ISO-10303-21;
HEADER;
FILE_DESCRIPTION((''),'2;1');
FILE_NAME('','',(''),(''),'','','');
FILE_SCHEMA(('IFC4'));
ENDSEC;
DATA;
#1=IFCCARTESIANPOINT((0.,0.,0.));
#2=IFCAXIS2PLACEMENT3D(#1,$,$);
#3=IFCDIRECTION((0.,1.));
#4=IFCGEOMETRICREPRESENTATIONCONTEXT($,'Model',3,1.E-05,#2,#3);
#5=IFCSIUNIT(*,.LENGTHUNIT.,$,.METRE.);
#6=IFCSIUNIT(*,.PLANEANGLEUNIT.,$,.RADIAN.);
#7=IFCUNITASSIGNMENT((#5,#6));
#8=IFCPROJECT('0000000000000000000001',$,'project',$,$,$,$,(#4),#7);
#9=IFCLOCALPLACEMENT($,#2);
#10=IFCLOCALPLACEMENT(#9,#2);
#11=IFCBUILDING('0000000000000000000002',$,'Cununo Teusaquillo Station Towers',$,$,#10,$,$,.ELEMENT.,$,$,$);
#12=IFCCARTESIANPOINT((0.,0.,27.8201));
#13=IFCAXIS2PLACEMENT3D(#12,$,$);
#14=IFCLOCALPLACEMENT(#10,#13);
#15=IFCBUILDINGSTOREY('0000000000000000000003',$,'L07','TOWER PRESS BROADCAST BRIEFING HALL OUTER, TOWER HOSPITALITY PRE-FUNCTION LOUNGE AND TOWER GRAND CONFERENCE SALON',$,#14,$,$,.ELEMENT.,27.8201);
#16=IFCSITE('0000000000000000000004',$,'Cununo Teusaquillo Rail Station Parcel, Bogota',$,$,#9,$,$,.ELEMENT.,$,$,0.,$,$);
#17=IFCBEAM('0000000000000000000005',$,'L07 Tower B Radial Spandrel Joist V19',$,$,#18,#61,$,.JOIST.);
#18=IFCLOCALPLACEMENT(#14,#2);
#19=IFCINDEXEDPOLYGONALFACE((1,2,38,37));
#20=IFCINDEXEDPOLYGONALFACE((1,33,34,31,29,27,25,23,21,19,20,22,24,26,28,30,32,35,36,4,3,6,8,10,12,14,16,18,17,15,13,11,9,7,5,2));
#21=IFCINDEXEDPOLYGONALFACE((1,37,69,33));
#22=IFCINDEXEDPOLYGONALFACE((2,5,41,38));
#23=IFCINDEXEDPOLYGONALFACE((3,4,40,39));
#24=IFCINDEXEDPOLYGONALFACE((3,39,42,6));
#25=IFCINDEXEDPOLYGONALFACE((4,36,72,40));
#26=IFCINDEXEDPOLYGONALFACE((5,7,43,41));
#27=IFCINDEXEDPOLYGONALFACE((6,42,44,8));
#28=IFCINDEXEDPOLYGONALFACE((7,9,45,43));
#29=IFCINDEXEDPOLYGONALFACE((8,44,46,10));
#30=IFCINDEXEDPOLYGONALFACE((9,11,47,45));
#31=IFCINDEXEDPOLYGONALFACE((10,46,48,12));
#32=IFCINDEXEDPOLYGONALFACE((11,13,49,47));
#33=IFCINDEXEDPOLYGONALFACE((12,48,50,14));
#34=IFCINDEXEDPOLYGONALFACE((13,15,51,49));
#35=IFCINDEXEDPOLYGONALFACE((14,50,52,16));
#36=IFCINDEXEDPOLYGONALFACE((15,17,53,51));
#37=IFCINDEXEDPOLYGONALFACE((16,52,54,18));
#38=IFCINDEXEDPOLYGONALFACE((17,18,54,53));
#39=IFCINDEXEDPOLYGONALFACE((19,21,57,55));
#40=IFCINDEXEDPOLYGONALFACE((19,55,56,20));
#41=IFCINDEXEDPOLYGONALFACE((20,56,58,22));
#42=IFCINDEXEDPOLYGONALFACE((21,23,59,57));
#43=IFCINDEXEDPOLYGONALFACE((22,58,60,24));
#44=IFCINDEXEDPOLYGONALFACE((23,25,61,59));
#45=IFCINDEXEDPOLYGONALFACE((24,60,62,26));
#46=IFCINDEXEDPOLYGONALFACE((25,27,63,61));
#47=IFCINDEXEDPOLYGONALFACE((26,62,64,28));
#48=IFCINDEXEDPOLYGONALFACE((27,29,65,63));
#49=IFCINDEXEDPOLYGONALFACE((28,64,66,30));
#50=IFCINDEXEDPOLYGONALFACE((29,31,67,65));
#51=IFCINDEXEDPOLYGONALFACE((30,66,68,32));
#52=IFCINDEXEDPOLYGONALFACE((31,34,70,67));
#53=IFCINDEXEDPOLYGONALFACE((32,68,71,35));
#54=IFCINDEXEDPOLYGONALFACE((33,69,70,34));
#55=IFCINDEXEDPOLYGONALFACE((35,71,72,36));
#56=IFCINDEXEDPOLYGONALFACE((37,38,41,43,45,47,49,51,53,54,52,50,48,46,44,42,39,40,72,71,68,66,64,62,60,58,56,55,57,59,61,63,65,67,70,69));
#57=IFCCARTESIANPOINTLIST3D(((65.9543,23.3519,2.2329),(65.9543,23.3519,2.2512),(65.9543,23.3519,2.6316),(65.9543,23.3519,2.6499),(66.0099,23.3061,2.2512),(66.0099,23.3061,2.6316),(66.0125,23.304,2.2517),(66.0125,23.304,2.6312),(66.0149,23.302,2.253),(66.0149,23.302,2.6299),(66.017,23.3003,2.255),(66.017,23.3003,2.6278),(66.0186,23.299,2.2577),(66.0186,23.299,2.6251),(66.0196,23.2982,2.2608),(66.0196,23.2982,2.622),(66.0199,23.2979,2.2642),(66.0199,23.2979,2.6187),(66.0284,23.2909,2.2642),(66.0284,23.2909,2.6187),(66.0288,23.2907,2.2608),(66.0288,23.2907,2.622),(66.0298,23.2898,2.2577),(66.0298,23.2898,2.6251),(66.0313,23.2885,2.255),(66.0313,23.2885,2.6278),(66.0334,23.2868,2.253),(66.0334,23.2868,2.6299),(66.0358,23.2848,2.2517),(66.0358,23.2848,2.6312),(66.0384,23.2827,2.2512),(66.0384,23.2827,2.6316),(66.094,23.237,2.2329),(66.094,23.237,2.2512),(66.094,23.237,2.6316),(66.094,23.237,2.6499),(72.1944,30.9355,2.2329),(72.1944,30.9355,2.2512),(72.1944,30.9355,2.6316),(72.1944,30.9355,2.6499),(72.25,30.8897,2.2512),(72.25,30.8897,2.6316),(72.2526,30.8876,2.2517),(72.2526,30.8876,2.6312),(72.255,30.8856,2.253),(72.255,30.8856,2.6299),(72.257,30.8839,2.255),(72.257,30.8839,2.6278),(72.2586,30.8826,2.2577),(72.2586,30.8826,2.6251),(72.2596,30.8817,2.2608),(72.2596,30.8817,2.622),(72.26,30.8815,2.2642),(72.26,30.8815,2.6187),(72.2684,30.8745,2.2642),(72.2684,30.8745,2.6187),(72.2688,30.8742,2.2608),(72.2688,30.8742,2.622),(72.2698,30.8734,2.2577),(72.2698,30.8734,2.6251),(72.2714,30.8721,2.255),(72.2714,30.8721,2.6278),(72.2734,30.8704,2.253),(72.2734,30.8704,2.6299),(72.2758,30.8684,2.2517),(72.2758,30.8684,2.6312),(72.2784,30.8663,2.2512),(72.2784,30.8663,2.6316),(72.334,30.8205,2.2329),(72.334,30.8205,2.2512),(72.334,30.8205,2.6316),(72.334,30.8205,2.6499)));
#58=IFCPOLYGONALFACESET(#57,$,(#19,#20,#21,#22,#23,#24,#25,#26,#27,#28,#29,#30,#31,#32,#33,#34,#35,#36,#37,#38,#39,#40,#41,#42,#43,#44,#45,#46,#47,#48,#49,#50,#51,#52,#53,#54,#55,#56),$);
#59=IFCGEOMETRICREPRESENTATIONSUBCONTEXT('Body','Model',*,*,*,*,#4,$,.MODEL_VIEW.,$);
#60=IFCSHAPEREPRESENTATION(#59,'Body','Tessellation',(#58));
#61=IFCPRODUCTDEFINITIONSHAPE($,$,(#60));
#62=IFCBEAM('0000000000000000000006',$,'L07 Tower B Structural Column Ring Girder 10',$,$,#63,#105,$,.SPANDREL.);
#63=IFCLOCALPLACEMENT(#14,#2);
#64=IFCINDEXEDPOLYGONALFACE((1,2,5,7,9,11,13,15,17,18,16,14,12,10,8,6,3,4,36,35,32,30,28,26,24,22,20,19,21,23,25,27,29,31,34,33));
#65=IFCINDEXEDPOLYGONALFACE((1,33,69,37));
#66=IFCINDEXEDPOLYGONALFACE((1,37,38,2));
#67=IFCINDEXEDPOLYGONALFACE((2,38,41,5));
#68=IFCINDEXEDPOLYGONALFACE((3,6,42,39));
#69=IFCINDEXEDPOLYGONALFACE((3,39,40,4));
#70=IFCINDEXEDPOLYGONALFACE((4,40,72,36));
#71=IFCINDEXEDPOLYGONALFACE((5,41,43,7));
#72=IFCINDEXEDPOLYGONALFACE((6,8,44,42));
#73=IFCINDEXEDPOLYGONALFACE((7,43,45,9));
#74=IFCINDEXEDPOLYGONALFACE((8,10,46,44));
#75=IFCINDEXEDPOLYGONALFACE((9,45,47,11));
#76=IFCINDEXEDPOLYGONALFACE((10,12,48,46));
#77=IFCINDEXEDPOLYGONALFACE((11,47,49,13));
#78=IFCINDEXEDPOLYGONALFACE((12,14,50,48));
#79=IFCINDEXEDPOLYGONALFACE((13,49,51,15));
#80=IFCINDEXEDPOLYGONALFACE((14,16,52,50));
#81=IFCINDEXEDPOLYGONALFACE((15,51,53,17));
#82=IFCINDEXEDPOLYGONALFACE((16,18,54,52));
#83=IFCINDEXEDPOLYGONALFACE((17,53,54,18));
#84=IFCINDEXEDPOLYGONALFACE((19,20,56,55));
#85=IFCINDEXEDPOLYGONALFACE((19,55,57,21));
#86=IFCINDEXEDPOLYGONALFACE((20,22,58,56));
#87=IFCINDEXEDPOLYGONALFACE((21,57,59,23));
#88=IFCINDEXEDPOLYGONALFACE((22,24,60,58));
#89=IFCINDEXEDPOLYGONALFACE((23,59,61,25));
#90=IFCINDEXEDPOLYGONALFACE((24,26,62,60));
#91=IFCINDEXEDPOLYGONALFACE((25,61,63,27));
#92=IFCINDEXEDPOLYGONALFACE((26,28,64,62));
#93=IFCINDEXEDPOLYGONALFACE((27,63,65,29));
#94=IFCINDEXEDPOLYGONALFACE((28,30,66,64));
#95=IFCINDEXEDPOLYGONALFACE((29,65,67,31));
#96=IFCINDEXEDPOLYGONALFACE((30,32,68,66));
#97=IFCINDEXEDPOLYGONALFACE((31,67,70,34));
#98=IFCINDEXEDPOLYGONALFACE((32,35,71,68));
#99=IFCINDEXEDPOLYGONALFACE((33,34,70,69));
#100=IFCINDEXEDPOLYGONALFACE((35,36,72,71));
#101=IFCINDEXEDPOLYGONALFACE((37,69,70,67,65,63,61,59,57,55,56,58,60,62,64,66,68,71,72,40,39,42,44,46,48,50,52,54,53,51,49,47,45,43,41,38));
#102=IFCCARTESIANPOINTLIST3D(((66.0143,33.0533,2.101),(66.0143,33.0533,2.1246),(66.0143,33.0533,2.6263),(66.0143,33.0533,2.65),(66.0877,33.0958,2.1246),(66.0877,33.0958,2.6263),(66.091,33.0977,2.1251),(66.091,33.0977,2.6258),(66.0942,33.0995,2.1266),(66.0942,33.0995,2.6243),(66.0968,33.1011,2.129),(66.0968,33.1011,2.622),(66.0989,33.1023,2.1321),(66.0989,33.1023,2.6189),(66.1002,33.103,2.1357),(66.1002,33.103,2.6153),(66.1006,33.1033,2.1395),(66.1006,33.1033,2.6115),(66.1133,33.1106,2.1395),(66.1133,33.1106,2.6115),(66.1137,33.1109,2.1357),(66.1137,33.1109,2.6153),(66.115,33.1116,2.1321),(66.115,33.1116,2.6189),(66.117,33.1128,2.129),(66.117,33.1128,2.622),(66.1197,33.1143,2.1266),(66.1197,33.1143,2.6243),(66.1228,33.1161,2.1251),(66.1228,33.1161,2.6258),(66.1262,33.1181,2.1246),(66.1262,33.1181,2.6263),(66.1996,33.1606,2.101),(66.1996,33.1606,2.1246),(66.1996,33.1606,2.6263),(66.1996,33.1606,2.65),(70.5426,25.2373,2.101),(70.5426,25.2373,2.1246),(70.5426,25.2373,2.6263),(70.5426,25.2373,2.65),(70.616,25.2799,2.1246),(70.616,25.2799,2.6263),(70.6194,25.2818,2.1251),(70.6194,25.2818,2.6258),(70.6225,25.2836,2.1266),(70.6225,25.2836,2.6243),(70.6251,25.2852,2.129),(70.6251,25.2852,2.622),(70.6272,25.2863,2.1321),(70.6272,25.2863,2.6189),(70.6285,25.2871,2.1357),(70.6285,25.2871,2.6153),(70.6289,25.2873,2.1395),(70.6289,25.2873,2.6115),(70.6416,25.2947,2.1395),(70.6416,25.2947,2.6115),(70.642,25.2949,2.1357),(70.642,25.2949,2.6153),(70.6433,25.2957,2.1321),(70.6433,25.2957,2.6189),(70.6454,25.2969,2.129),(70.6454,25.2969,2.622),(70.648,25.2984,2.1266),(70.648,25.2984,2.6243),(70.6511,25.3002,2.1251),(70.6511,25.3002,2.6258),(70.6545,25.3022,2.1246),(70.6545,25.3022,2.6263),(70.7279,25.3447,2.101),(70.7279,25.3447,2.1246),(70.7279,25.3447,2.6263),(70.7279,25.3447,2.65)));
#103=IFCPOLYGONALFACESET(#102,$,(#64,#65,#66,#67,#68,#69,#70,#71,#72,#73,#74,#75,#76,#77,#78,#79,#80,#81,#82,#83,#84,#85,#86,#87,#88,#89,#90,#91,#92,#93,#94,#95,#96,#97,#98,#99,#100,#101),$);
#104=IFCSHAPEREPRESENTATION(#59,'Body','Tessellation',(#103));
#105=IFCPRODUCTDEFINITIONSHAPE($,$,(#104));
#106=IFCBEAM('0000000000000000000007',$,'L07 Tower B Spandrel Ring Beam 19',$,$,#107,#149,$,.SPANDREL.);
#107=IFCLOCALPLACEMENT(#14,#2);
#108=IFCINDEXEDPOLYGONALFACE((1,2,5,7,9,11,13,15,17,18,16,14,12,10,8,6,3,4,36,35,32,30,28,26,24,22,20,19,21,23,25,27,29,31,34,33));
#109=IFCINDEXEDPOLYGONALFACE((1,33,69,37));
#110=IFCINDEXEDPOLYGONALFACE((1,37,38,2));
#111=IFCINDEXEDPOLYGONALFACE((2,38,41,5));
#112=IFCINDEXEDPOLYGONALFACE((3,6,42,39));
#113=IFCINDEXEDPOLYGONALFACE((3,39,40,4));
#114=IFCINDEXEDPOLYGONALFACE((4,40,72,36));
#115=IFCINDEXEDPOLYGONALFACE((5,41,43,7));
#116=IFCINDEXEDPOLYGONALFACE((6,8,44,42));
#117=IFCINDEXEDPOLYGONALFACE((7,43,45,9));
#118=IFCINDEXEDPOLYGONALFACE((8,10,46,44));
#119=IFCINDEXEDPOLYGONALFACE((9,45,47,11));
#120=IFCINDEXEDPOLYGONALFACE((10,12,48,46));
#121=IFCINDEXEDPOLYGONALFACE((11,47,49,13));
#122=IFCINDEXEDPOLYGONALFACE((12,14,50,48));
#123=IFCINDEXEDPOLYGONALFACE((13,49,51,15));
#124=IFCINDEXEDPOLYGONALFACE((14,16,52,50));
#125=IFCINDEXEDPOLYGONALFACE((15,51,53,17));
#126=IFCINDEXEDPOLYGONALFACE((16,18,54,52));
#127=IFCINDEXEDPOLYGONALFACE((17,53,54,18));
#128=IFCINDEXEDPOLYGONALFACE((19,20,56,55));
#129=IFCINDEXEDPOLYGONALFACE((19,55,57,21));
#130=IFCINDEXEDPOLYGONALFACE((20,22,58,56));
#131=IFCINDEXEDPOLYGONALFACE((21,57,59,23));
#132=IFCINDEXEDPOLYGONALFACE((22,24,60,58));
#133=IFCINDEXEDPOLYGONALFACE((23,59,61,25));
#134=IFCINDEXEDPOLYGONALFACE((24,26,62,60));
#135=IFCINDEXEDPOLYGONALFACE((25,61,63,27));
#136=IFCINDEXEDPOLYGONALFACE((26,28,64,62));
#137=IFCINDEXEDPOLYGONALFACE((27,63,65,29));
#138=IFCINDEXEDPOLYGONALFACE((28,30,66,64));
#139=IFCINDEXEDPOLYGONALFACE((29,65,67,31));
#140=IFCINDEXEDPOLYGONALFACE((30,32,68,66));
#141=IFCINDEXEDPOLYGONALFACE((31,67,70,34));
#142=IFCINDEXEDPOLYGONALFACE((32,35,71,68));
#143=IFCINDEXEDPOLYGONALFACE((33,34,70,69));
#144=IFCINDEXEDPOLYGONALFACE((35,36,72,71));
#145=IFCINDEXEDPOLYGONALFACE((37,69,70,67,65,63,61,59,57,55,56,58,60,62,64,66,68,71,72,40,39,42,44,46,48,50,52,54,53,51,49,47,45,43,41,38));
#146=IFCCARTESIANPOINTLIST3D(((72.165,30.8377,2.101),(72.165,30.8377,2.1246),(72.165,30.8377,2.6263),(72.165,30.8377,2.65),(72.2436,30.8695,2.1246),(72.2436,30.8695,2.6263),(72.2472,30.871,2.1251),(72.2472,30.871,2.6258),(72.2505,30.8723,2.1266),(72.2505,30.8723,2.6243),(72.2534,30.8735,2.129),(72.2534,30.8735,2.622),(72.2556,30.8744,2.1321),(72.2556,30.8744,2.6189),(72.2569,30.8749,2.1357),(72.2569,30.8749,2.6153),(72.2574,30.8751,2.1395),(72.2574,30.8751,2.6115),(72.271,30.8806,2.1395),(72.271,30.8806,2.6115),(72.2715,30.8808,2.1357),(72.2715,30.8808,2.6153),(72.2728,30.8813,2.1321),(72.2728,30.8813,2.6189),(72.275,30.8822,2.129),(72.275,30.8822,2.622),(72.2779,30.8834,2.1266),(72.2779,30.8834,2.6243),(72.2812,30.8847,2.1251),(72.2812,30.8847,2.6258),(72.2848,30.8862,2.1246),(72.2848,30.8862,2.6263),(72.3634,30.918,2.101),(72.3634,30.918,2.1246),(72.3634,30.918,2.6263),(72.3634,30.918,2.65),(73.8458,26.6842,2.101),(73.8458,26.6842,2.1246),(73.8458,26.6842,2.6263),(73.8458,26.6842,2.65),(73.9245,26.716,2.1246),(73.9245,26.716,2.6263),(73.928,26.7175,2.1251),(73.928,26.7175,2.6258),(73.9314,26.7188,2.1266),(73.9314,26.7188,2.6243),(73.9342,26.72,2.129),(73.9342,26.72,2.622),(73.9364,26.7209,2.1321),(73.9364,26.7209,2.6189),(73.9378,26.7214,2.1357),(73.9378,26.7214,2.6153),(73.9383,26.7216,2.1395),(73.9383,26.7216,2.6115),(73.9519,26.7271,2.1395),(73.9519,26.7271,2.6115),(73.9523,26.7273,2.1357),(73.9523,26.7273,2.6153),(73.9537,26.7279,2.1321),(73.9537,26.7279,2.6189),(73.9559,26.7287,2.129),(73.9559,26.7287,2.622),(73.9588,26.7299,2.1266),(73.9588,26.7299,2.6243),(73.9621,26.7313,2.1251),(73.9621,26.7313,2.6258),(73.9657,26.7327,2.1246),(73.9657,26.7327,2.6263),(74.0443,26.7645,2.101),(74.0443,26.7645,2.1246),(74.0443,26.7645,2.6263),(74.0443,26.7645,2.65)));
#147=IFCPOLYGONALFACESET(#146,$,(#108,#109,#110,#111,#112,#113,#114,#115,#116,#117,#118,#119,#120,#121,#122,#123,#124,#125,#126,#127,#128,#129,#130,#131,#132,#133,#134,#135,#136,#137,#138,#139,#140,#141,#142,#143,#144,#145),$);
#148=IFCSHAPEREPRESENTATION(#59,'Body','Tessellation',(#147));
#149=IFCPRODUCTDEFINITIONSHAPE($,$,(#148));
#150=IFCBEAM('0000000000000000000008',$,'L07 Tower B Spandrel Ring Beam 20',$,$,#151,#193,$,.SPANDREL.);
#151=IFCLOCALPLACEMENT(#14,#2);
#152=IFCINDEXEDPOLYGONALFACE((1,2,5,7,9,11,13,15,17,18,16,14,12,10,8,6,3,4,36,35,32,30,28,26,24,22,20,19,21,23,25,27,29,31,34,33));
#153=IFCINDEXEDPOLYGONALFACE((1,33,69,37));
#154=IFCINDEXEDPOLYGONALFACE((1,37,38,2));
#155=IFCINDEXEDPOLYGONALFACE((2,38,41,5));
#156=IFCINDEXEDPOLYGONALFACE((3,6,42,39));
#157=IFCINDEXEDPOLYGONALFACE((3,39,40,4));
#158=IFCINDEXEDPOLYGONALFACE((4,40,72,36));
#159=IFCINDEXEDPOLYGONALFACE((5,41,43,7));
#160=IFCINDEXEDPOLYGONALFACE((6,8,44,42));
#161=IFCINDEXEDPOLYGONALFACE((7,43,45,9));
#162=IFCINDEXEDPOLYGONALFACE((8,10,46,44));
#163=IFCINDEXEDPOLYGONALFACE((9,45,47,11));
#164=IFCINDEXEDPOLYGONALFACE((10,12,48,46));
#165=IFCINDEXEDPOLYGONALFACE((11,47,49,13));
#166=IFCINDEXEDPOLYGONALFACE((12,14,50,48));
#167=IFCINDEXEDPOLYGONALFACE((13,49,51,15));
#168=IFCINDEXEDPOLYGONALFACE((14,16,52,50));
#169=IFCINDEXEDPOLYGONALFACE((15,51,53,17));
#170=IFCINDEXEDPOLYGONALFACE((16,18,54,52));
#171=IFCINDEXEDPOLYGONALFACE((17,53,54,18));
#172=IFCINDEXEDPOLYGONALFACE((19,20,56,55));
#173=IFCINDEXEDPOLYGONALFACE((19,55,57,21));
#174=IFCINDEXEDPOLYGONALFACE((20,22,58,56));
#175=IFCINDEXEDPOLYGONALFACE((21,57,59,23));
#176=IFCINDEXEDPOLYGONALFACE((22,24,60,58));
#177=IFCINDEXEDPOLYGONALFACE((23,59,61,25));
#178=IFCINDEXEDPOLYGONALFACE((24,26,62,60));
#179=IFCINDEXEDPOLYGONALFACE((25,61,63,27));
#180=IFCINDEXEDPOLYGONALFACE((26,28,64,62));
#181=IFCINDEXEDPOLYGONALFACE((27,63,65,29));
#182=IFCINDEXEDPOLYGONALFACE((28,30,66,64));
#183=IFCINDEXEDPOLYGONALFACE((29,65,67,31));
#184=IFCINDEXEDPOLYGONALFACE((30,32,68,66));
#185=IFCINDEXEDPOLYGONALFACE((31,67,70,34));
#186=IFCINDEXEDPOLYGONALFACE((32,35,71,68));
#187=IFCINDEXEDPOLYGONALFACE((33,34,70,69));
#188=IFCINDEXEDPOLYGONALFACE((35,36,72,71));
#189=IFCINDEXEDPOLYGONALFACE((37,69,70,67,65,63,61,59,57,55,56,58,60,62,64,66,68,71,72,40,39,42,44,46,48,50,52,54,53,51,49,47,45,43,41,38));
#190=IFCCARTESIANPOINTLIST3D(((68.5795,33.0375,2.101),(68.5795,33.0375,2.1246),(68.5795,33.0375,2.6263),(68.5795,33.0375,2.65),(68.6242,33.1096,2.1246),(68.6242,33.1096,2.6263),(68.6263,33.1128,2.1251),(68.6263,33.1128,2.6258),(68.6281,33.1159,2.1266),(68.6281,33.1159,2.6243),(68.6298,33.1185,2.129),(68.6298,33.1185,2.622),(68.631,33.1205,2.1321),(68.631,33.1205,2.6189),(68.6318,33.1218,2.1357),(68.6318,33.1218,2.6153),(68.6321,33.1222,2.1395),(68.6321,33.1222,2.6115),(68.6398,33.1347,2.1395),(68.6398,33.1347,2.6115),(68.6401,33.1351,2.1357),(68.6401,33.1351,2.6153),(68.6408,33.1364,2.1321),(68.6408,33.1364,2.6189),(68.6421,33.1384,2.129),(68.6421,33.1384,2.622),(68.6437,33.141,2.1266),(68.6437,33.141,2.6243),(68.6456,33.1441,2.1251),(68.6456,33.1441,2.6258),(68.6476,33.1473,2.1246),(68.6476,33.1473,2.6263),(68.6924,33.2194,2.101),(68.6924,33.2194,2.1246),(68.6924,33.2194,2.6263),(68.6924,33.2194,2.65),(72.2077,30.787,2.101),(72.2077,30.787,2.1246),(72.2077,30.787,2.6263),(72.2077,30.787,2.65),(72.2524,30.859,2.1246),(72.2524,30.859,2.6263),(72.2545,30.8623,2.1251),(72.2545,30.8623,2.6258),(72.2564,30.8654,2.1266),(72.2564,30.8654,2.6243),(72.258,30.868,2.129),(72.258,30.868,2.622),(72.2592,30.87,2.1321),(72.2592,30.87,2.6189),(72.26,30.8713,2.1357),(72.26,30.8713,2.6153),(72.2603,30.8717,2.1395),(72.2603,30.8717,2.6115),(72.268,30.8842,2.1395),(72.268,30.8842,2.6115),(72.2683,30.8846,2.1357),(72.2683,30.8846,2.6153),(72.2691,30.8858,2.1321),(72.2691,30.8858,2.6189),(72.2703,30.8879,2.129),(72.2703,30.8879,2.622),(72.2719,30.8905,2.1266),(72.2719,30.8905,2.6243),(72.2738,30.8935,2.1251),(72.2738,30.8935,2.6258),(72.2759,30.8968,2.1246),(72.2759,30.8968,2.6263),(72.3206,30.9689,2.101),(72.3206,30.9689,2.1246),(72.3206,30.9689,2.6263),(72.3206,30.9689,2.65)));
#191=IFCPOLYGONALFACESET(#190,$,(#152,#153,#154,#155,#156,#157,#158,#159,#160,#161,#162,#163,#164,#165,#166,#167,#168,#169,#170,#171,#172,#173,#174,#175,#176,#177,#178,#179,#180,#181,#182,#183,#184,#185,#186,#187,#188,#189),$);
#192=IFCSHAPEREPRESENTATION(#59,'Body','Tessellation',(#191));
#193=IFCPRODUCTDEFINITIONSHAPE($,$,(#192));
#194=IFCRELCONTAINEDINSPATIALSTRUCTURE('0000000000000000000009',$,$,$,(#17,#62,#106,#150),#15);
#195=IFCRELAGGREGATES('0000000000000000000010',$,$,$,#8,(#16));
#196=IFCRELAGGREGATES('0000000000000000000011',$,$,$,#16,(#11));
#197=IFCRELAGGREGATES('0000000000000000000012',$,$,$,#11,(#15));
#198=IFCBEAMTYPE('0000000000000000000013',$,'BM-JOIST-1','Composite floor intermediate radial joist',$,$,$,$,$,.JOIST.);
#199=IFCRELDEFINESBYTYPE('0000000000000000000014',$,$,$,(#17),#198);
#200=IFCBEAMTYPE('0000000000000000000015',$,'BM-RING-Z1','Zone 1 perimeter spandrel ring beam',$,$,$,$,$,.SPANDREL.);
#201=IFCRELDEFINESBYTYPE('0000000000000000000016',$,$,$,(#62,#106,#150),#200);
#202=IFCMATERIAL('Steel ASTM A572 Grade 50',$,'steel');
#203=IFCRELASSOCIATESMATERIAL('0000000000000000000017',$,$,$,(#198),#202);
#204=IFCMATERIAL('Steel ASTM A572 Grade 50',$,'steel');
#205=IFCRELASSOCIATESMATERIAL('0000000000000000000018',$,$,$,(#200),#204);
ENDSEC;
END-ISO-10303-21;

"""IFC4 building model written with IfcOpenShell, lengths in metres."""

from ifc_helpers import new_model, si_unit, direction, frame, origin, origin_2d, place, context, subcontext, project, spatial, i_section, extrude, material, material_profile, profile_set, type_object, element, save


model = new_model("IFC4")

# Units and contexts
model_context = context("Model", 3, precision=1e-05, world=origin(), true_north=direction((0.0, 1.0)))
body_context = subcontext(model_context, "Body", "Model", "MODEL_VIEW")
ifc_project = project(units=[si_unit("LENGTHUNIT", "METRE"), si_unit("PLANEANGLEUNIT", "RADIAN")], contexts=[model_context])

# Site, building, storey
site_placement = place(None, origin())
site = spatial("IfcSite", under=ifc_project, at=site_placement, Name="Cununo Teusaquillo Rail Station Parcel, Bogota", CompositionType="ELEMENT", RefElevation=0.0)
building_placement = place(site_placement, origin())
building = spatial("IfcBuilding", under=site, at=building_placement, Name="Cununo Teusaquillo Station Towers", CompositionType="ELEMENT")
storey_placement = place(building_placement, frame((0.0, 0.0, 27.8201)))
storey = spatial("IfcBuildingStorey", under=building, at=storey_placement, Name="L07", Description="TOWER PRESS BROADCAST BRIEFING HALL OUTER, TOWER HOSPITALITY PRE-FUNCTION LOUNGE AND TOWER GRAND CONFERENCE SALON", CompositionType="ELEMENT", Elevation=27.8201)

# Beams
ifc_material_1 = material(Name="Steel ASTM A572 Grade 50", Category="steel")
ifc_material_profile_1 = material_profile(ifc_material_1, i_section(OverallWidth=0.1809, OverallDepth=0.417, WebThickness=0.011, FlangeThickness=0.0183, FilletRadius=0.0129, at=origin_2d()), Name="W16X57")
ifc_profile_set_1 = profile_set([ifc_material_profile_1], Name="Steel ASTM A572 Grade 50")
beam_type_1 = type_object("IfcBeamType", Name="BM-JOIST-1", Description="Composite floor intermediate radial joist", PredefinedType="JOIST", material=ifc_profile_set_1)
beam_1_placement = place(storey_placement, frame((66.0242, 23.2944, 2.4414), z_axis=(0.635389, 0.772192, 0.0), x_axis=(-0.772192, 0.635389, 0.0)))
element("IfcBeam", 1, at=beam_1_placement, inside=storey, type_object=beam_type_1, Name="L07 Tower B Radial Spandrel Joist V19", PredefinedType="JOIST", context=body_context, shape_type="SweptSolid", body=[
    extrude(i_section(OverallWidth=0.1809, OverallDepth=0.417, WebThickness=0.011, FlangeThickness=0.0183, FilletRadius=0.0129, at=origin_2d()), origin(), (0.0, 0.0, 1.0), 9.8208),
])
ifc_material_2 = material(Name="Steel ASTM A572 Grade 50", Category="steel")
ifc_material_profile_2 = material_profile(ifc_material_2, i_section(OverallWidth=0.2141, OverallDepth=0.5491, WebThickness=0.0146, FlangeThickness=0.0237, FilletRadius=0.0149, at=origin_2d()), Name="W21X93")
ifc_profile_set_2 = profile_set([ifc_material_profile_2], Name="Steel ASTM A572 Grade 50")
beam_type_2 = type_object("IfcBeamType", Name="BM-RING-Z1", Description="Zone 1 perimeter spandrel ring beam", PredefinedType="SPANDREL", material=ifc_profile_set_2)
beam_2_placement = place(storey_placement, frame((70.6353, 25.291, 2.3755), z_axis=(-0.501311, 0.865267, 0.0), x_axis=(-0.865267, -0.501311, 0.0)))
element("IfcBeam", 2, at=beam_2_placement, inside=storey, type_object=beam_type_2, Name="L07 Tower B Structural Column Ring Girder 10", PredefinedType="SPANDREL", context=body_context, shape_type="SweptSolid", body=[
    extrude(i_section(OverallWidth=0.2141, OverallDepth=0.5491, WebThickness=0.0146, FlangeThickness=0.0237, FilletRadius=0.0149, at=origin_2d()), origin(), (0.0, 0.0, 1.0), 9.033),
])
beam_3_placement = place(storey_placement, frame((73.9451, 26.7244, 2.3755), z_axis=(-0.375136, 0.92697, 0.0), x_axis=(-0.92697, -0.375136, 0.0)))
element("IfcBeam", 3, at=beam_3_placement, inside=storey, type_object=beam_type_2, Name="L07 Tower B Spandrel Ring Beam 19", PredefinedType="SPANDREL", context=body_context, shape_type="SweptSolid", body=[
    extrude(i_section(OverallWidth=0.2141, OverallDepth=0.5491, WebThickness=0.0146, FlangeThickness=0.0237, FilletRadius=0.0149, at=origin_2d()), origin(), (0.0, 0.0, 1.0), 4.4807),
])
beam_4_placement = place(storey_placement, frame((72.2642, 30.8779, 2.3755), z_axis=(-0.849796, 0.527112, 0.0), x_axis=(-0.527112, -0.849796, 0.0)))
element("IfcBeam", 4, at=beam_4_placement, inside=storey, type_object=beam_type_2, Name="L07 Tower B Spandrel Ring Beam 20", PredefinedType="SPANDREL", context=body_context, shape_type="SweptSolid", body=[
    extrude(i_section(OverallWidth=0.2141, OverallDepth=0.5491, WebThickness=0.0146, FlangeThickness=0.0237, FilletRadius=0.0149, at=origin_2d()), origin(), (0.0, 0.0, 1.0), 4.2695),
])

save(model, "model.ifc")
